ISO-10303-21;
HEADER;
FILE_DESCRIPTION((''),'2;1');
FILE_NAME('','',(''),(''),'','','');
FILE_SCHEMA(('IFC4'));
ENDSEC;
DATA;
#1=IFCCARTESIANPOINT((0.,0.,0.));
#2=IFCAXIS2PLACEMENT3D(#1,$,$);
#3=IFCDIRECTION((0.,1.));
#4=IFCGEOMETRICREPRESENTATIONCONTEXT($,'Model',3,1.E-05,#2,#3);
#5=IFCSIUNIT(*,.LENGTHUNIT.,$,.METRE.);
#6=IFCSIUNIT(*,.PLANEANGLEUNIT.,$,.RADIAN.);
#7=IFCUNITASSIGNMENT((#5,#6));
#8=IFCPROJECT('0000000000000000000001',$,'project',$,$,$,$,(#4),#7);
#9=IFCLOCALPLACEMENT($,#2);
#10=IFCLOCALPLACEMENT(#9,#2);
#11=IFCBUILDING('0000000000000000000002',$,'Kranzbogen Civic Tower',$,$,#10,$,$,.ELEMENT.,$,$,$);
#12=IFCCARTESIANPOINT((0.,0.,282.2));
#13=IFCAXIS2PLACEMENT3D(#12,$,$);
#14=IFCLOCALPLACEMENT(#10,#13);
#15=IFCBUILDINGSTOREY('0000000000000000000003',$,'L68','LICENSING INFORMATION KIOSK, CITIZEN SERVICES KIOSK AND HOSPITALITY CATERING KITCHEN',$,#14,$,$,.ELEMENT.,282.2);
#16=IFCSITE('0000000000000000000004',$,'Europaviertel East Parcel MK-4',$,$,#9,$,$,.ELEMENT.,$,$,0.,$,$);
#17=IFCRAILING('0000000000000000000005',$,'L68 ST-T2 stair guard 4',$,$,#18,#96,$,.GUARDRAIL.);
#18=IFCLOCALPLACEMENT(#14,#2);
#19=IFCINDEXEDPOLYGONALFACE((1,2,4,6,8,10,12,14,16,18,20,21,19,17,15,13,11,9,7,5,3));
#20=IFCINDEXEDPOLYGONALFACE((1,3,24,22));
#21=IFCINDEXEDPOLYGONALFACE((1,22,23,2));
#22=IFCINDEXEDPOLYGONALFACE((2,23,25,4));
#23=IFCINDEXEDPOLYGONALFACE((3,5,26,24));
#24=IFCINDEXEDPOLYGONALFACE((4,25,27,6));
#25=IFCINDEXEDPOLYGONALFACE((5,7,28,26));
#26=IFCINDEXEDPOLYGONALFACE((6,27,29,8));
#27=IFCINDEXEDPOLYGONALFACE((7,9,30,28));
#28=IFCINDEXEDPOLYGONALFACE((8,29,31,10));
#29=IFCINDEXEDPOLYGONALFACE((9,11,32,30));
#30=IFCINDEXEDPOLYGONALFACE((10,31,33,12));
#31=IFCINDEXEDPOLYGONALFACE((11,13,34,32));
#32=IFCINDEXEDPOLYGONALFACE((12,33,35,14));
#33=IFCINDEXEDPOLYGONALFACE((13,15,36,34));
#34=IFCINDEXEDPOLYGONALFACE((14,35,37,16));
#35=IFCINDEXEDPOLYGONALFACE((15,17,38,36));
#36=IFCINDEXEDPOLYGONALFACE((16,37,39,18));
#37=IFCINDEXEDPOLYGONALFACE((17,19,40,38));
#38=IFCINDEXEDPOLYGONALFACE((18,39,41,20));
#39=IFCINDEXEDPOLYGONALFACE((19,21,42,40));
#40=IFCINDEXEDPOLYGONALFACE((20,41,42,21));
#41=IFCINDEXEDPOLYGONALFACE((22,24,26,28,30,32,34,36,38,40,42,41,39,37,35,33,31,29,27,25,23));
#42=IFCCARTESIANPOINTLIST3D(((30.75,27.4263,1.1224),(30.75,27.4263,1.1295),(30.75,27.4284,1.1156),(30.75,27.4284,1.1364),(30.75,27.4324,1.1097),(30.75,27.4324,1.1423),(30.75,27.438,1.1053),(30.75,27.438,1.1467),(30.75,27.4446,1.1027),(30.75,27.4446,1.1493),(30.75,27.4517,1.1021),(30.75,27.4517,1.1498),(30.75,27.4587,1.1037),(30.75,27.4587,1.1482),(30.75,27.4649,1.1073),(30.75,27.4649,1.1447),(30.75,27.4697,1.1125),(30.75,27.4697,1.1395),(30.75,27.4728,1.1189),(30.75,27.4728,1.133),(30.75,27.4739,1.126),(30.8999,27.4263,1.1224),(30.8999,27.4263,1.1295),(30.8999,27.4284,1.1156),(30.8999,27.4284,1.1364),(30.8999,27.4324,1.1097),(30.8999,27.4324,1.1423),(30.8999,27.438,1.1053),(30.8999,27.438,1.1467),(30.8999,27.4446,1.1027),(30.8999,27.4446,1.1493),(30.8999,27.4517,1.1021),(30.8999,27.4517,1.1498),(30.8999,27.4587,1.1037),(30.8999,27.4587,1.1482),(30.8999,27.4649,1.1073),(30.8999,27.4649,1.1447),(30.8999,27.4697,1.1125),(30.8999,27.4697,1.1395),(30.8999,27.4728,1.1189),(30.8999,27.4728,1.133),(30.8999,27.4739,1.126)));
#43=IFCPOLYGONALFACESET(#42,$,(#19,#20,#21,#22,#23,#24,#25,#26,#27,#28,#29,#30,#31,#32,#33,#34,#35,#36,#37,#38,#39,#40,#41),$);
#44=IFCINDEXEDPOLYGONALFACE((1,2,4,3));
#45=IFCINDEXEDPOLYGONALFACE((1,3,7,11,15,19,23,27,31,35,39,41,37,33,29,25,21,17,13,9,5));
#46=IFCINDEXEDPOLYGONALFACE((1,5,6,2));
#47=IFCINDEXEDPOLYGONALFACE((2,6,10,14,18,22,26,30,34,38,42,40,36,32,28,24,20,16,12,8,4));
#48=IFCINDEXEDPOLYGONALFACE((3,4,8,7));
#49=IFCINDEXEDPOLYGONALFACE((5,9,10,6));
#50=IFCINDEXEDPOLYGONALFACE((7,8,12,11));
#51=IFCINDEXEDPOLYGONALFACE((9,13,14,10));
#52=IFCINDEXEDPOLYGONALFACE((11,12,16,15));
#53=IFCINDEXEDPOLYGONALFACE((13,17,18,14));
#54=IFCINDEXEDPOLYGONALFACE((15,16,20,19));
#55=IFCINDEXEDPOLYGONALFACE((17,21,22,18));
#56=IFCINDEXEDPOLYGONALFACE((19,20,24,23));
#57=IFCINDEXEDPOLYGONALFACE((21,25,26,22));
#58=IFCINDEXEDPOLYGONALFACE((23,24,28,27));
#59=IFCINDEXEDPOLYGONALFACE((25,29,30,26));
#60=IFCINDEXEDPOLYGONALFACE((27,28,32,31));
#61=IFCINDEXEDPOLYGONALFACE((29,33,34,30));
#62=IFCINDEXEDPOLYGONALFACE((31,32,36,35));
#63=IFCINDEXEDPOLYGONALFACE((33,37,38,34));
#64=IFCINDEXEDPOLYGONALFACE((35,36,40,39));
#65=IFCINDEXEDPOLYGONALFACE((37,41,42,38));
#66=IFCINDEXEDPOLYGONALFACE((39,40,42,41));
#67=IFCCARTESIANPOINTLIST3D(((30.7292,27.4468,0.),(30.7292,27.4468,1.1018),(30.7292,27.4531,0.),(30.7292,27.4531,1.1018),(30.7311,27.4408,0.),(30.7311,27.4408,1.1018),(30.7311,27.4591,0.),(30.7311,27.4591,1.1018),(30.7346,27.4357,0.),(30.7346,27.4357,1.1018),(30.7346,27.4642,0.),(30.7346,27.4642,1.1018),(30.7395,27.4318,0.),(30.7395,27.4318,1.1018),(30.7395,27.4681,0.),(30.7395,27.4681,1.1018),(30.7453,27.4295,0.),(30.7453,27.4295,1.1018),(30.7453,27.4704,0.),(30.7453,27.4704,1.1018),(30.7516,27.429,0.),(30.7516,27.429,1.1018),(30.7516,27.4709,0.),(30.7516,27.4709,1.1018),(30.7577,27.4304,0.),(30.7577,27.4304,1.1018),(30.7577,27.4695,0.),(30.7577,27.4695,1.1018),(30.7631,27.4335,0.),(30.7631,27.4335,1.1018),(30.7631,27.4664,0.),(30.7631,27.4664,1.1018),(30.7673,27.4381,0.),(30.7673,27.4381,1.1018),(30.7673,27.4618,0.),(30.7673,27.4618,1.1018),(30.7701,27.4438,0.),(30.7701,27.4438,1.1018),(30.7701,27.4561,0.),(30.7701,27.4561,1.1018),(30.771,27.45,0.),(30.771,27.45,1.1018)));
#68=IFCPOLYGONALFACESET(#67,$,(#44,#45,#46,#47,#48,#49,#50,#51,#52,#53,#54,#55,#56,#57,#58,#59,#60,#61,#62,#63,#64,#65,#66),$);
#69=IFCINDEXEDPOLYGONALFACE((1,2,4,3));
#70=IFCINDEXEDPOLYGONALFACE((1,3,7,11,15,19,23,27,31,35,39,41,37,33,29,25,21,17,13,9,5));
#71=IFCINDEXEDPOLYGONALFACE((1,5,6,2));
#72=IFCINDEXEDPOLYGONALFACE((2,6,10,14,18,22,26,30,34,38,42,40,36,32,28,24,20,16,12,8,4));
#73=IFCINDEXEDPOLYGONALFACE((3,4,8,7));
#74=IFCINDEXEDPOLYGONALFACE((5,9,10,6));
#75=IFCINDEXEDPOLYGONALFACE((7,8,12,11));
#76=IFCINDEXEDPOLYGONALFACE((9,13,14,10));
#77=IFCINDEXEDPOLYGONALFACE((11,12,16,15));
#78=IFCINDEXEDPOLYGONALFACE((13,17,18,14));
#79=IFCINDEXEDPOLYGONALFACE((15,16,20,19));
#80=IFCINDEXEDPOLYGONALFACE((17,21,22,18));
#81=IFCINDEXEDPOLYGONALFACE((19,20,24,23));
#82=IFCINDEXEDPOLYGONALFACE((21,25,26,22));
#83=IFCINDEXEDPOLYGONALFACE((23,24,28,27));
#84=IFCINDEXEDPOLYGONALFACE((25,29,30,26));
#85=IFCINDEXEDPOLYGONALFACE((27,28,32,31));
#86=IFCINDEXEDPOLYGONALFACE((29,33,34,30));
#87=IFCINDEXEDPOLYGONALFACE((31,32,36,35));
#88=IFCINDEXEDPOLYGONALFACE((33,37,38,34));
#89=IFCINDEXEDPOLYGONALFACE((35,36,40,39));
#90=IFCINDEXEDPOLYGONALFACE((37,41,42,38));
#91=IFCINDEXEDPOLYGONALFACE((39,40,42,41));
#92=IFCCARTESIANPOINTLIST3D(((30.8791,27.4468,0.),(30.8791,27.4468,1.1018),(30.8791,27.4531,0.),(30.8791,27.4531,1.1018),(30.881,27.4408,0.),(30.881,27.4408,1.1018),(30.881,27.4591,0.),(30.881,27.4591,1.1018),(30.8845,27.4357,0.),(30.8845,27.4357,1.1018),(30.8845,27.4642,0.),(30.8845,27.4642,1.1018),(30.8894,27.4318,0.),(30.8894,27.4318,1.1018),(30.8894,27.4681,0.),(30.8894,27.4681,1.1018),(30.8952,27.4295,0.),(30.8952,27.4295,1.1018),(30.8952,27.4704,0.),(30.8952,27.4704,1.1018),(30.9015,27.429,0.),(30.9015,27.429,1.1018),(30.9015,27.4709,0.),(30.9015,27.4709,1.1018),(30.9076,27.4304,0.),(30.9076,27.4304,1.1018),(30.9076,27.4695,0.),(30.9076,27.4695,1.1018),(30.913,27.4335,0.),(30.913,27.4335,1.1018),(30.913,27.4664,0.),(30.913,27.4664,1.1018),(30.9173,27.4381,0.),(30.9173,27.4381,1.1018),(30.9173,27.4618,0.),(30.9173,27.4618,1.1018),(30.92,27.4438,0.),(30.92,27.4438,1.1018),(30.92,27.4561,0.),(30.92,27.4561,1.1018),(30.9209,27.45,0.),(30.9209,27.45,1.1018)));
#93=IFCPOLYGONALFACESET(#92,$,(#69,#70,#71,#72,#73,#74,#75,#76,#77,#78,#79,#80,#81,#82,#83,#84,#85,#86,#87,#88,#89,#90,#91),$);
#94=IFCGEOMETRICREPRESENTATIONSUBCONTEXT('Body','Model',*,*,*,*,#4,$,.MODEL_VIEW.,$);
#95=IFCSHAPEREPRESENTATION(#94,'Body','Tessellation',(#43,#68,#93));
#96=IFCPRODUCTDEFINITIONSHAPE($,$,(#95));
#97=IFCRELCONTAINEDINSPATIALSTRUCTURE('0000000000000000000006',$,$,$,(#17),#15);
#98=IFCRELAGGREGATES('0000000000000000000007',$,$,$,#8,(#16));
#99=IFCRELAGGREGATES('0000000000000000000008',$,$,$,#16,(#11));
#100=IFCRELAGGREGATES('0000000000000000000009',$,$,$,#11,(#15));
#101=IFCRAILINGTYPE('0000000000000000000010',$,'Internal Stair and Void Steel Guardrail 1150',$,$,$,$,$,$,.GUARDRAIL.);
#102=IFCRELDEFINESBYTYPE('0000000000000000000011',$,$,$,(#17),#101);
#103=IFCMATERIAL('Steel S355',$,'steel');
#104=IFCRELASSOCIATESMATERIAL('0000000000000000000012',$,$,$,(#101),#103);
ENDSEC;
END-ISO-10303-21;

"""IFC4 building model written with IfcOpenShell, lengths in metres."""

from ifc_helpers import new_model, si_unit, direction, frame, origin, origin_2d, place, context, subcontext, project, spatial, circle, extrude, material, type_object, element, save


model = new_model("IFC4")

# Units and contexts
model_context = context("Model", 3, precision=1e-05, world=origin(), true_north=direction((0.0, 1.0)))
body_context = subcontext(model_context, "Body", "Model", "MODEL_VIEW")
ifc_project = project(units=[si_unit("LENGTHUNIT", "METRE"), si_unit("PLANEANGLEUNIT", "RADIAN")], contexts=[model_context])

# Site, building, storey
site_placement = place(None, origin())
site = spatial("IfcSite", under=ifc_project, at=site_placement, Name="Europaviertel East Parcel MK-4", CompositionType="ELEMENT", RefElevation=0.0)
building_placement = place(site_placement, origin())
building = spatial("IfcBuilding", under=site, at=building_placement, Name="Kranzbogen Civic Tower", CompositionType="ELEMENT")
storey_placement = place(building_placement, frame((0.0, 0.0, 282.2)))
storey = spatial("IfcBuildingStorey", under=building, at=storey_placement, Name="L68", Description="LICENSING INFORMATION KIOSK, CITIZEN SERVICES KIOSK AND HOSPITALITY CATERING KITCHEN", CompositionType="ELEMENT", Elevation=282.2)

# Shared definitions
ifc_material_1 = material(Name="Steel S355", Category="steel")

# Railing
railing_type_1 = type_object("IfcRailingType", Name="Internal Stair and Void Steel Guardrail 1150", PredefinedType="GUARDRAIL", material=ifc_material_1)
railing_1_placement = place(storey_placement, frame((30.75, 27.45, 0.0)))
element("IfcRailing", 1, at=railing_1_placement, inside=storey, type_object=railing_type_1, Name="L68 ST-T2 stair guard 4", PredefinedType="GUARDRAIL", context=body_context, shape_type="SweptSolid", body=[
    extrude(circle(Radius=0.0239, at=origin_2d()), frame((0.0, 0.0, 1.126), z_axis=(1.0, 0.0, 0.0), x_axis=(0.0, 1.0, 0.0)), (0.0, 0.0, 1.0), 0.1499),
    extrude(circle(Radius=0.021, at=origin_2d()), origin(), (0.0, 0.0, 1.0), 1.1018),
    extrude(circle(Radius=0.021, at=origin_2d()), frame((0.1499, 0.0, 0.0)), (0.0, 0.0, 1.0), 1.1018),
])

save(model, "model.ifc")
